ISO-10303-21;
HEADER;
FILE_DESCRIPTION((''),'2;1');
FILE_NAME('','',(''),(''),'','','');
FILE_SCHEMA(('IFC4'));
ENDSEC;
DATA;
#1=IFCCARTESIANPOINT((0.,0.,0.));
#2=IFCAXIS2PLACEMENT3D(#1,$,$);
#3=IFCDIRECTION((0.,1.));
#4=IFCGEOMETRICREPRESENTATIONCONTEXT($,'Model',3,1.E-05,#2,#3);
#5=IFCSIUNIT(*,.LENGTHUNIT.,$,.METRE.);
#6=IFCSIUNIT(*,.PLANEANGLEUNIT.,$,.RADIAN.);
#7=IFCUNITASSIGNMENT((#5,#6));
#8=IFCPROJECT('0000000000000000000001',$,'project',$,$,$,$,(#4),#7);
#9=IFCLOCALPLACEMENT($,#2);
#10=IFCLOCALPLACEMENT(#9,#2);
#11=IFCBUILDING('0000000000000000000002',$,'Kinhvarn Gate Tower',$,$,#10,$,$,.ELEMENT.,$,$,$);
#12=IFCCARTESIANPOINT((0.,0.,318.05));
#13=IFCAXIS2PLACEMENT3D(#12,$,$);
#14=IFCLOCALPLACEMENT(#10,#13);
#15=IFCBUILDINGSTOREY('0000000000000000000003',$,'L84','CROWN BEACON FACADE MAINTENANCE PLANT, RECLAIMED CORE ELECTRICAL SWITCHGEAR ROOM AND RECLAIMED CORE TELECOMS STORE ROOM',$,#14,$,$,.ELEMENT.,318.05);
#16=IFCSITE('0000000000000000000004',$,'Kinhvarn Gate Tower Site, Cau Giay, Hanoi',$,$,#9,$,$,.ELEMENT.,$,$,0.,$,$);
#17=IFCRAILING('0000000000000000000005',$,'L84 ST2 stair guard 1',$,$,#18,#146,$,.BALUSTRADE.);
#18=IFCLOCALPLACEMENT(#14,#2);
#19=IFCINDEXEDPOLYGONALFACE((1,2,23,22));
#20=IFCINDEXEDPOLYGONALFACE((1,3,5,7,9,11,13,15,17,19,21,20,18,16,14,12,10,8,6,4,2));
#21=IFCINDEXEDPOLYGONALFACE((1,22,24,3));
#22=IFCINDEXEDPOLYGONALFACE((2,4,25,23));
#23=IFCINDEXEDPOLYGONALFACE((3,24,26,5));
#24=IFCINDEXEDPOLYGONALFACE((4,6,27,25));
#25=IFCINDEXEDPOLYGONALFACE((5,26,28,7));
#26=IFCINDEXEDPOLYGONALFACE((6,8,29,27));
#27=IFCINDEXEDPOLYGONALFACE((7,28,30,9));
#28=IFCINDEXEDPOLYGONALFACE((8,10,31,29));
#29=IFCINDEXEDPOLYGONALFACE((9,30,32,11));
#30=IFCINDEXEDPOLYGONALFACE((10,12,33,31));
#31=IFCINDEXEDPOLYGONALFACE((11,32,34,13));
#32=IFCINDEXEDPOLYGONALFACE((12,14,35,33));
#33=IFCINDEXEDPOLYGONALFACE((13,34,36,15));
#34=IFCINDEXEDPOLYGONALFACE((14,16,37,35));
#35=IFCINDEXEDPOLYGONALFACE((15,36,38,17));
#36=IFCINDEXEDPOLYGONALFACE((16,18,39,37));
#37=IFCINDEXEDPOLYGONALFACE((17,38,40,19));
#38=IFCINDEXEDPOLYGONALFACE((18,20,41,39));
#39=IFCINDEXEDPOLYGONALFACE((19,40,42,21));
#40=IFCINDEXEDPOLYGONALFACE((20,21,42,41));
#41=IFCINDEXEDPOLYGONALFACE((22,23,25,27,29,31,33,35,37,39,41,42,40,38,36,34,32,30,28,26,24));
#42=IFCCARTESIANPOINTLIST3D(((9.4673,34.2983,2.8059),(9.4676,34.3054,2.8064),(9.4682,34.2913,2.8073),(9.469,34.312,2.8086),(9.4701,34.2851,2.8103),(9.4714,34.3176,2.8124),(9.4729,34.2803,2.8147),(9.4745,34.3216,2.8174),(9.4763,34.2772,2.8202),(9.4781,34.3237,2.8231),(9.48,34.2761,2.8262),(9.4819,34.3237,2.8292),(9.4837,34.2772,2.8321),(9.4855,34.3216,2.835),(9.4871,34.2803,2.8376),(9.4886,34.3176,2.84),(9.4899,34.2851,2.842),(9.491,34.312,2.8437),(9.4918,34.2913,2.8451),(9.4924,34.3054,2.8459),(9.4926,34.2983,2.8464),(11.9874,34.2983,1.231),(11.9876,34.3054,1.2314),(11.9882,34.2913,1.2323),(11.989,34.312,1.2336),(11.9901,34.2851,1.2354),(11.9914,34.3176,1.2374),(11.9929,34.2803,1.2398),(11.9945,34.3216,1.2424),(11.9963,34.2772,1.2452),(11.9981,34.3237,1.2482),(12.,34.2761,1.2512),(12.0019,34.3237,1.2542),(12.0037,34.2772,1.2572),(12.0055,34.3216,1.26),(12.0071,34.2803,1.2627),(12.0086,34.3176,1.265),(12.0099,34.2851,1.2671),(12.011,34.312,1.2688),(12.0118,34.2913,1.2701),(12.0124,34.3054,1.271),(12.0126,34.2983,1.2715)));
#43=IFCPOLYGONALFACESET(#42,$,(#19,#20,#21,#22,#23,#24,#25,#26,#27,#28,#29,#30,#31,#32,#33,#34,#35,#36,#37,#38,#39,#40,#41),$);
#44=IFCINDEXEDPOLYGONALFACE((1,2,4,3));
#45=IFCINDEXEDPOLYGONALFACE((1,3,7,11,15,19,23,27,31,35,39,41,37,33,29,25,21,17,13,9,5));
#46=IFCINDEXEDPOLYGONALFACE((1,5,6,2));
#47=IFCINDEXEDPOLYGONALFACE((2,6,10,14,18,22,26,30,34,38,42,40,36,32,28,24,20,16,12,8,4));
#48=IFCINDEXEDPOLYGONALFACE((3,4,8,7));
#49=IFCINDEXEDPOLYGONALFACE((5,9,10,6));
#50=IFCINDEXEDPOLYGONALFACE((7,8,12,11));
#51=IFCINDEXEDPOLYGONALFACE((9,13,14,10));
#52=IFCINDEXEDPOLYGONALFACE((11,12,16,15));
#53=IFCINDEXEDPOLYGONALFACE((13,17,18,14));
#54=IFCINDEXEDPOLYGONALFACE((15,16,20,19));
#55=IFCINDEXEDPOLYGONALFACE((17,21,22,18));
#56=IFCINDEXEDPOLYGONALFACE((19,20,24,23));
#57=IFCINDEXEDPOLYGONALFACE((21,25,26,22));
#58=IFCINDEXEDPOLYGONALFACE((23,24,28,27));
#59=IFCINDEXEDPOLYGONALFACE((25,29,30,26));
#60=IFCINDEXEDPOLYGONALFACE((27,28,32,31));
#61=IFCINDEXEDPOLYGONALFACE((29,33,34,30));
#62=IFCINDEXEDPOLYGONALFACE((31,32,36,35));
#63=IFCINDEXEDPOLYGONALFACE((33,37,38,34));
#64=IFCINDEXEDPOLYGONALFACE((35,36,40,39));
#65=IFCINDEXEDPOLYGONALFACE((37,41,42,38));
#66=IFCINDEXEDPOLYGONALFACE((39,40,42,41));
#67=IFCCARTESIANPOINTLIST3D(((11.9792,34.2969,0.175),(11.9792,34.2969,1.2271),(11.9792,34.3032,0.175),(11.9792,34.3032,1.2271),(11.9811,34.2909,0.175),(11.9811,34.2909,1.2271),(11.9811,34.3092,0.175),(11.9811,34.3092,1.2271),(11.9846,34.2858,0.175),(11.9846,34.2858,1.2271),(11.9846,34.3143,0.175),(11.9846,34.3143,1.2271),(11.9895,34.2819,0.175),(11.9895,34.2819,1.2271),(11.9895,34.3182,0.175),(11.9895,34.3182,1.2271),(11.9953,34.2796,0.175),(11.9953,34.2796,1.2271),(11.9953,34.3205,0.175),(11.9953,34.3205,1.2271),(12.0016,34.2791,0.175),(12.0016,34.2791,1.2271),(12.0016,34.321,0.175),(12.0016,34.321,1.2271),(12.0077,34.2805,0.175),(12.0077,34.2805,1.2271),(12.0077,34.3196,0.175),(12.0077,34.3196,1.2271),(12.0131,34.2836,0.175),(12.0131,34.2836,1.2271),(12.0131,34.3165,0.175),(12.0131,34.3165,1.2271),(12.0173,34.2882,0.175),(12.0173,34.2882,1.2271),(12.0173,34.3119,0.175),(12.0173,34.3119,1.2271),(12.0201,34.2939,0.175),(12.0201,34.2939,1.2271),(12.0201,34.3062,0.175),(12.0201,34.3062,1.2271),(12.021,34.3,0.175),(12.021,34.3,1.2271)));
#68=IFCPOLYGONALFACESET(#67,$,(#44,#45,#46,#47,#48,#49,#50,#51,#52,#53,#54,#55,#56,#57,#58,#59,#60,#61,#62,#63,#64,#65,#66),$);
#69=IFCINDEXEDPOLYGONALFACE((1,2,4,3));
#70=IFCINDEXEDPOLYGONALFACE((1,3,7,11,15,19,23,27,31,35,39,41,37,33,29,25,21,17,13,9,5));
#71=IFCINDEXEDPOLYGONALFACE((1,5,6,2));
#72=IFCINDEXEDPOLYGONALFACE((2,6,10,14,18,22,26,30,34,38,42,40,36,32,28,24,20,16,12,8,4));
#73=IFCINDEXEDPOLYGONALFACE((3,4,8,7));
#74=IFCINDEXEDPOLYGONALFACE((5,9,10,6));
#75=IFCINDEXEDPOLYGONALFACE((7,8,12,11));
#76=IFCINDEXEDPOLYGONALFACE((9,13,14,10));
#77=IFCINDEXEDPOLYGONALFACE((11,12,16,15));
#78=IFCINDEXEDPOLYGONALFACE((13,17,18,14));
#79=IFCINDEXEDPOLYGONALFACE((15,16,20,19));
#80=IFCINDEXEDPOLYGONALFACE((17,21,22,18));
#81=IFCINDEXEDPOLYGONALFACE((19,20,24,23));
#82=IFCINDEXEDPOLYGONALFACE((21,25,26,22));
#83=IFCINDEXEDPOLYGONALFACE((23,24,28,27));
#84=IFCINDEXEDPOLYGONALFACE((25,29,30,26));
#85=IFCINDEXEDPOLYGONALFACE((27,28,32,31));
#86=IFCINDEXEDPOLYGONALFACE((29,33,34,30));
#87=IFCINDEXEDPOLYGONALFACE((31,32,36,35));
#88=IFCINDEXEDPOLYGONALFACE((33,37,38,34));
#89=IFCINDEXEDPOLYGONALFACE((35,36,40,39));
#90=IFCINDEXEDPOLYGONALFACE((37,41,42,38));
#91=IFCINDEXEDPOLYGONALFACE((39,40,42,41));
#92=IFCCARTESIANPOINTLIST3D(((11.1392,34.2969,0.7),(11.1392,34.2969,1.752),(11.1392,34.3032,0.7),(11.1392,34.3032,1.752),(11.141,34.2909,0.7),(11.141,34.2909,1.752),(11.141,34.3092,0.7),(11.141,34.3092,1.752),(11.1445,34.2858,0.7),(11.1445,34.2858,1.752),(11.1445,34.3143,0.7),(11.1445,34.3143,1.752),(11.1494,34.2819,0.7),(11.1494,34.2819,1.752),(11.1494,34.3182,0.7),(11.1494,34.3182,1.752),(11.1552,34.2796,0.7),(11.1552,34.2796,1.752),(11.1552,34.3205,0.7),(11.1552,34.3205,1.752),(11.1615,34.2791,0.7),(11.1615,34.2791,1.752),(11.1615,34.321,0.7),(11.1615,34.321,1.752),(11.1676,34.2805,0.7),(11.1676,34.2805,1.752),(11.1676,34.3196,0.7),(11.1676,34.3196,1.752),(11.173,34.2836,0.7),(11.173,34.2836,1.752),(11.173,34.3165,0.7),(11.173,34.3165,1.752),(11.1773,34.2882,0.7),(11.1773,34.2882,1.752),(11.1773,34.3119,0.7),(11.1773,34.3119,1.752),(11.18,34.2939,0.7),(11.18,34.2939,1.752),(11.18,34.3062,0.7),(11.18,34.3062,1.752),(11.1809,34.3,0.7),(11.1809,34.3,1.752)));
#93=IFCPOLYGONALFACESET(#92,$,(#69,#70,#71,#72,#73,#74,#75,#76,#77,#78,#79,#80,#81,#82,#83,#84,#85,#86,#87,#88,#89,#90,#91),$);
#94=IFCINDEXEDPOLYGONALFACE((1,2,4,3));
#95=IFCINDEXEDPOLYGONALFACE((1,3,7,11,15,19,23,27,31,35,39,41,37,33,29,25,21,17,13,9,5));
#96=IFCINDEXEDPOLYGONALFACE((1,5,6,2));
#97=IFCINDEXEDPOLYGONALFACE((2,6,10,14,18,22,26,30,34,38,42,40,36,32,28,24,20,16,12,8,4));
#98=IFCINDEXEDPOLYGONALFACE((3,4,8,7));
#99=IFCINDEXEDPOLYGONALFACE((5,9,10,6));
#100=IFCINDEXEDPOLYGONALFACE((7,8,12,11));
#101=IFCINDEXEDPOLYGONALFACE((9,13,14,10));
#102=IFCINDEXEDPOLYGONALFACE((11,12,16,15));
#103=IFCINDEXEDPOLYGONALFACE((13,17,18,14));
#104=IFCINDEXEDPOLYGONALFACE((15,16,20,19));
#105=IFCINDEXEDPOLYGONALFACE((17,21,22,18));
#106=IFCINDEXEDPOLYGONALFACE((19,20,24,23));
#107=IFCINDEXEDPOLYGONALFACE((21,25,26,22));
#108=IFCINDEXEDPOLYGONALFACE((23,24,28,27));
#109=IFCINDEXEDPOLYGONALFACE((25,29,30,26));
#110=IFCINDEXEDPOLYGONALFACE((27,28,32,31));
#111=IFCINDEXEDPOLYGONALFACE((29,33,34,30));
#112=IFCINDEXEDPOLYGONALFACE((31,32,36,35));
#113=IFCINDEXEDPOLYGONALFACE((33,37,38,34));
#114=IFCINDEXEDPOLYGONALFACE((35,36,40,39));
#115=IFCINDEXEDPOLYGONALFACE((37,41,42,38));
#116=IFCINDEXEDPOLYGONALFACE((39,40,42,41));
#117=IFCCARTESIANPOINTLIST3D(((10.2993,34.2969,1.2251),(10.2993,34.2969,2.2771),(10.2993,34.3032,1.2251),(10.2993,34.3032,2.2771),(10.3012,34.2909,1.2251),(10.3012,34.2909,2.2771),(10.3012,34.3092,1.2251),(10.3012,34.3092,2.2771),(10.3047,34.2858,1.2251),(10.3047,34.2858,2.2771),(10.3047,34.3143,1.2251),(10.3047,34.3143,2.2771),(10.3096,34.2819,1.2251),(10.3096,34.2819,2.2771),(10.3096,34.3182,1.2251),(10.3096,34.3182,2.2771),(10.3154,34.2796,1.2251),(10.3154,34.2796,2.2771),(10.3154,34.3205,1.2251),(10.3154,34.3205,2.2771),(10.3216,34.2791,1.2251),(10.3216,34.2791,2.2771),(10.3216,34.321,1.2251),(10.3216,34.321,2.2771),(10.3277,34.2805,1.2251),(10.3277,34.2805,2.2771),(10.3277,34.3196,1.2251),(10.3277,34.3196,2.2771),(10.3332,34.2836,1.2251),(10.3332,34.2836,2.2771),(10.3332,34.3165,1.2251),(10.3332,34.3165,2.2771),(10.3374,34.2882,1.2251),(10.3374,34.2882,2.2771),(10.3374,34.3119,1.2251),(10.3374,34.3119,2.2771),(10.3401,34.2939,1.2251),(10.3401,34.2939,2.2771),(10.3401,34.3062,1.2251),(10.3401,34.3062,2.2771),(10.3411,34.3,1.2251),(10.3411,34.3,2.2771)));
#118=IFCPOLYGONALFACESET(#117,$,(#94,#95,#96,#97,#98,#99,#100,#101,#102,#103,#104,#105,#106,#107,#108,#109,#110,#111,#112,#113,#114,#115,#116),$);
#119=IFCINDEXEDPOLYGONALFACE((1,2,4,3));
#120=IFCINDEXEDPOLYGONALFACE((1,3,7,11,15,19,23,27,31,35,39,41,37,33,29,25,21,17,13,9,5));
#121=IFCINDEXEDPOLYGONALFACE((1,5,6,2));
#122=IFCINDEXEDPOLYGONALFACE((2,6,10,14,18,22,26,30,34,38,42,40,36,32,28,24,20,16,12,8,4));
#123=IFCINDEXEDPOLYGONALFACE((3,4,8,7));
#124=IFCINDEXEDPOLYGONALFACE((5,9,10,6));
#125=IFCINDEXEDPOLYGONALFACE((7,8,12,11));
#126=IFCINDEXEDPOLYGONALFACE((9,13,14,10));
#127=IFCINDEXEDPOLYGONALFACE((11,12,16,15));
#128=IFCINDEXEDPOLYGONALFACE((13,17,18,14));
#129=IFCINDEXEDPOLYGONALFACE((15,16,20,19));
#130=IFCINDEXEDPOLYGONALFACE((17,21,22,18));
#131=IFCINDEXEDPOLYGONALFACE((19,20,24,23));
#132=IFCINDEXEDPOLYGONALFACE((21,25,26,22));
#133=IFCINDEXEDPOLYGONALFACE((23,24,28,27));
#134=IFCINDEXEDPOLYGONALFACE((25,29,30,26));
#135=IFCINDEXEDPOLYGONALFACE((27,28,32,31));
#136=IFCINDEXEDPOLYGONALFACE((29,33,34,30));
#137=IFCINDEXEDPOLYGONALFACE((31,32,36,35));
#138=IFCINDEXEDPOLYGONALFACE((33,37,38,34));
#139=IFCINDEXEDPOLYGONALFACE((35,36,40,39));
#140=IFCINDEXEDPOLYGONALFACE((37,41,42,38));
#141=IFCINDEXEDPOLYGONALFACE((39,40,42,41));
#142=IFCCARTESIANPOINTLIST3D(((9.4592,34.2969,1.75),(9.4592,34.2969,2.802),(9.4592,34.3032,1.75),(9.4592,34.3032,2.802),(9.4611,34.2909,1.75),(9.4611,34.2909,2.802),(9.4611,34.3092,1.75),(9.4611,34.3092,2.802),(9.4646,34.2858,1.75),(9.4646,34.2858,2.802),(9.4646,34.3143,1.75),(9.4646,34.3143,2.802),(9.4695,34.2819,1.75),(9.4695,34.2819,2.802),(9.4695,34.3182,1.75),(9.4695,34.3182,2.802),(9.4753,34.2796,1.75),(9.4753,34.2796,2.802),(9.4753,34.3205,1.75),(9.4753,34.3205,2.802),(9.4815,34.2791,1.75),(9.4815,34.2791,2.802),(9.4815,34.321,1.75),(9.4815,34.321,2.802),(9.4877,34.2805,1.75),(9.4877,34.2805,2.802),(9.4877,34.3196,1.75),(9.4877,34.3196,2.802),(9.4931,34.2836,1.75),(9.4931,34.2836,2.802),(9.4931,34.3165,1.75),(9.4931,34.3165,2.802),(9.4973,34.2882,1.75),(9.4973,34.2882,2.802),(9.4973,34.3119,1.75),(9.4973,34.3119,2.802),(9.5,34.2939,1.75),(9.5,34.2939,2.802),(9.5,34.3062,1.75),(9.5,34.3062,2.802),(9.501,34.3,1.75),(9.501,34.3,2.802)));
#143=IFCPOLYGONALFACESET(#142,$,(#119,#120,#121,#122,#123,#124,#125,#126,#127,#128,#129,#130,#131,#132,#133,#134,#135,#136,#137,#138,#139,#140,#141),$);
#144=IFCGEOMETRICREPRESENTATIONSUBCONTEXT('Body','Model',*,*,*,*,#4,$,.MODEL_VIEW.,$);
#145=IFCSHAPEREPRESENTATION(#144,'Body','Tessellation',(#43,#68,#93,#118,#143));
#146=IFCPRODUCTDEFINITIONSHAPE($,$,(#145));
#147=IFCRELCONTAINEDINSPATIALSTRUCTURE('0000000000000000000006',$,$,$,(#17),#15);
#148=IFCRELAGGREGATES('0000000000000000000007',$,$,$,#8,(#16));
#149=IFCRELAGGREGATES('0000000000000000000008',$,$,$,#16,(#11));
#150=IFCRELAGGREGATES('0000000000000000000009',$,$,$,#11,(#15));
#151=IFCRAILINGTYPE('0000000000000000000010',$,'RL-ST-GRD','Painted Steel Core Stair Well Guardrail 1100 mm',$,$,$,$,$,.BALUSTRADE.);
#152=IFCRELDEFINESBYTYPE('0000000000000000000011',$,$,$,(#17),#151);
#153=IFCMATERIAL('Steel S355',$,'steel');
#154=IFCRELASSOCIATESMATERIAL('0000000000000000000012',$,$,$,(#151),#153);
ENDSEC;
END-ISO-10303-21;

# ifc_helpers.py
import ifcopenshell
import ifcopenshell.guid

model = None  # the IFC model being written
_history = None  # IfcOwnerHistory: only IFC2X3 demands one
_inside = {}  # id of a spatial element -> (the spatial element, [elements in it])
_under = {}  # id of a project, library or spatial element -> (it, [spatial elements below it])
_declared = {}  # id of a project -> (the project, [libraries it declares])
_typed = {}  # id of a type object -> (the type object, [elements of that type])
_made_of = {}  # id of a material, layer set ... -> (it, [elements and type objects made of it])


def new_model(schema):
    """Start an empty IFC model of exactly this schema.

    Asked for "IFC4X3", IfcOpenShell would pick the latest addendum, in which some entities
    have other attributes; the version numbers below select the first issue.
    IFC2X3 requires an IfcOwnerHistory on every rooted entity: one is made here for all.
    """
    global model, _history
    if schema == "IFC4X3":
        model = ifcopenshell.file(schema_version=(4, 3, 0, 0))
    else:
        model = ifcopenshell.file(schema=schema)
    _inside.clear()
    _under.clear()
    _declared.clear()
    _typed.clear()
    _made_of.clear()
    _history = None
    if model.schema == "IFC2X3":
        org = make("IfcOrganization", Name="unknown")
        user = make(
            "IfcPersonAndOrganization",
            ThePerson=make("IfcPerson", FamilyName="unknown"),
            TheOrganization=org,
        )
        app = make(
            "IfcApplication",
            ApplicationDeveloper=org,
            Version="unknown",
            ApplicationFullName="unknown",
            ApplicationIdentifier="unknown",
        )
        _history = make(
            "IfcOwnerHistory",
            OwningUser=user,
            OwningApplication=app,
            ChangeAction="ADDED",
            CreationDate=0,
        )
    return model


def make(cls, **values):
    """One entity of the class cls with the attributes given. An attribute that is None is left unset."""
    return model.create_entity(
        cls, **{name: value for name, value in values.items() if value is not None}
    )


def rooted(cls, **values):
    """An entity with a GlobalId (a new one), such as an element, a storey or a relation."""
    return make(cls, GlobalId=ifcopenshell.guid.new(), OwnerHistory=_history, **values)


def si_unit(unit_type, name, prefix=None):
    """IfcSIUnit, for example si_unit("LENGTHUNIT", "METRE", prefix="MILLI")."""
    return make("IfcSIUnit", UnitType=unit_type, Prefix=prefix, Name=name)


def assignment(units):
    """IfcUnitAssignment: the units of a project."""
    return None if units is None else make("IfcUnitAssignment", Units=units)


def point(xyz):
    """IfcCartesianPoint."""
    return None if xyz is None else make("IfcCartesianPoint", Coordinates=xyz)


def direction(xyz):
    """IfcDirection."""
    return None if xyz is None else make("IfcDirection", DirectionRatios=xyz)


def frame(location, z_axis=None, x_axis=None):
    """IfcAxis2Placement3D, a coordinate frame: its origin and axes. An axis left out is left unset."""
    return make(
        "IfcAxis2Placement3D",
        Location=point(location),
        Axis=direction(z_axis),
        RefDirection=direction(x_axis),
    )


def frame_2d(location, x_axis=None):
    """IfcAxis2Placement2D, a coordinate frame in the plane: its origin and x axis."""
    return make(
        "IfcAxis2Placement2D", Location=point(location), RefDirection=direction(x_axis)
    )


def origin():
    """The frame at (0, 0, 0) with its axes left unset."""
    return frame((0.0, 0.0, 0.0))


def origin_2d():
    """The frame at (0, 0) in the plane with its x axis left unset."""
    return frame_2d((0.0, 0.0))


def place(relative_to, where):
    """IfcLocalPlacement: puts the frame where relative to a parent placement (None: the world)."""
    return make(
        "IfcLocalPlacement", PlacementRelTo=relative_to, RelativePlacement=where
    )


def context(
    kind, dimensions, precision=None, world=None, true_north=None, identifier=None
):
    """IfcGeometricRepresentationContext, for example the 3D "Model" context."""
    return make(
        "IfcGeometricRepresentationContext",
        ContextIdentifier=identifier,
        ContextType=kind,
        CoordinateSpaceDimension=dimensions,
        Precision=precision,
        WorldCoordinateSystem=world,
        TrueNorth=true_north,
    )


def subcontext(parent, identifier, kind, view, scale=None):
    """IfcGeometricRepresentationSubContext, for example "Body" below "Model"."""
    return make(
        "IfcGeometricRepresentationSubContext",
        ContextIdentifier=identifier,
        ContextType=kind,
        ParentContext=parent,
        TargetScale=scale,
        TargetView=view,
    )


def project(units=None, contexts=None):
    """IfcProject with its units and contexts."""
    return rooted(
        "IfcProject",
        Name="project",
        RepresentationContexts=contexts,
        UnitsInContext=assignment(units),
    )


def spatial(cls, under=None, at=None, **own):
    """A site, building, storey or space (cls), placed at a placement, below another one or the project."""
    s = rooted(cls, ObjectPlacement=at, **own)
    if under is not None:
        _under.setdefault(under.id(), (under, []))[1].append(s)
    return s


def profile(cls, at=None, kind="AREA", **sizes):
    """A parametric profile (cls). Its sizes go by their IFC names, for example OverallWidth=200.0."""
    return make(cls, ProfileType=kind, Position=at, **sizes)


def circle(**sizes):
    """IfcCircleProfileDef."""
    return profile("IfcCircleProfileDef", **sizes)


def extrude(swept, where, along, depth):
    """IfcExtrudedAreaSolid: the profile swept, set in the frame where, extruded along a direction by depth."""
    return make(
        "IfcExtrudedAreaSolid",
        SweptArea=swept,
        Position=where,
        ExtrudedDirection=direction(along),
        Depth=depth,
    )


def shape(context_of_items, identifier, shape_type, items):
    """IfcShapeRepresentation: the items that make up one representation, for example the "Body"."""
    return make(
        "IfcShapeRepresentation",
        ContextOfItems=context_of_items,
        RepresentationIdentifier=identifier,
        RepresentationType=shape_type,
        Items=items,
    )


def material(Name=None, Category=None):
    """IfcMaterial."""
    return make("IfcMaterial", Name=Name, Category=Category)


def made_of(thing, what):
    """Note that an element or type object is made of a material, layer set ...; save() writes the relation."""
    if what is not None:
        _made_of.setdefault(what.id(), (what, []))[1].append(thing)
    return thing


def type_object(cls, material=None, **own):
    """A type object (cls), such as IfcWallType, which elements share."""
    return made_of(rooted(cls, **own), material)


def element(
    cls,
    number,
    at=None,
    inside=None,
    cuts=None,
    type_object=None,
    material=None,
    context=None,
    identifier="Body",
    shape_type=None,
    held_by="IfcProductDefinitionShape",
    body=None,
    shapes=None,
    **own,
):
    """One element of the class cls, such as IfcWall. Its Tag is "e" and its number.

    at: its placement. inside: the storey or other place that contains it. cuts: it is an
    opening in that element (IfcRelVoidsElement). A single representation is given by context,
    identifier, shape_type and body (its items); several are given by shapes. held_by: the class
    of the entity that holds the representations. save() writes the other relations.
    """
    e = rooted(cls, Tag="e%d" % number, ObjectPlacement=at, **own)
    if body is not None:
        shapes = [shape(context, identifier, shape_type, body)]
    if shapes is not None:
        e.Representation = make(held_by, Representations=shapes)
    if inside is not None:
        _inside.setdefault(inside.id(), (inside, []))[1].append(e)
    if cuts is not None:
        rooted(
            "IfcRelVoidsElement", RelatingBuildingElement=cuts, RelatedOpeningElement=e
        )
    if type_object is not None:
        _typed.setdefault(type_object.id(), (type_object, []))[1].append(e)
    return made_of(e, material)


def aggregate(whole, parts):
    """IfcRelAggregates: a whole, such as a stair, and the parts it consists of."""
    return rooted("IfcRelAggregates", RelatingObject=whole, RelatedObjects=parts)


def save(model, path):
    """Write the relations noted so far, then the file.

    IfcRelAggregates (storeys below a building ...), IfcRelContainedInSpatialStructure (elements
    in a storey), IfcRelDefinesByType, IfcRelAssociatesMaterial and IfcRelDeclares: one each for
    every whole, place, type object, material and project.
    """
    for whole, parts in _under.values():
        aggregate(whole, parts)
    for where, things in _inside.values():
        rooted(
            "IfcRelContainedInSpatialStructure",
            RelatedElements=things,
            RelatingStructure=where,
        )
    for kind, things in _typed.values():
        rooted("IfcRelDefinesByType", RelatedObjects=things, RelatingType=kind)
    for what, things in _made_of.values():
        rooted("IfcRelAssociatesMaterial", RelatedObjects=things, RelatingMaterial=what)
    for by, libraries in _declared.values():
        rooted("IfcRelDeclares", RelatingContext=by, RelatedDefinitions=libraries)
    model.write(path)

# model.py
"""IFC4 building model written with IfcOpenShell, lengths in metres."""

from ifc_helpers import new_model, si_unit, direction, frame, origin, origin_2d, place, context, subcontext, project, spatial, circle, extrude, material, type_object, element, save


model = new_model("IFC4")

# Units and contexts
model_context = context("Model", 3, precision=1e-05, world=origin(), true_north=direction((0.0, 1.0)))
body_context = subcontext(model_context, "Body", "Model", "MODEL_VIEW")
ifc_project = project(units=[si_unit("LENGTHUNIT", "METRE"), si_unit("PLANEANGLEUNIT", "RADIAN")], contexts=[model_context])

# Site, building, storey
site_placement = place(None, origin())
site = spatial("IfcSite", under=ifc_project, at=site_placement, Name="Kinhvarn Gate Tower Site, Cau Giay, Hanoi", CompositionType="ELEMENT", RefElevation=0.0)
building_placement = place(site_placement, origin())
building = spatial("IfcBuilding", under=site, at=building_placement, Name="Kinhvarn Gate Tower", CompositionType="ELEMENT")
storey_placement = place(building_placement, frame((0.0, 0.0, 318.05)))
storey = spatial("IfcBuildingStorey", under=building, at=storey_placement, Name="L84", Description="CROWN BEACON FACADE MAINTENANCE PLANT, RECLAIMED CORE ELECTRICAL SWITCHGEAR ROOM AND RECLAIMED CORE TELECOMS STORE ROOM", CompositionType="ELEMENT", Elevation=318.05)

# Railing
ifc_material_1 = material(Name="Steel S355", Category="steel")
railing_type_1 = type_object("IfcRailingType", Name="RL-ST-GRD", Description="Painted Steel Core Stair Well Guardrail 1100 mm", PredefinedType="BALUSTRADE", material=ifc_material_1)
railing_1_placement = place(storey_placement, frame((12.0, 34.3, 0.175)))
element("IfcRailing", 1, at=railing_1_placement, inside=storey, type_object=railing_type_1, Name="L84 ST2 stair guard 1", PredefinedType="BALUSTRADE", context=body_context, shape_type="SweptSolid", body=[
    extrude(circle(Radius=0.0239, at=origin_2d()), frame((0.0, 0.0, 1.0762), z_axis=(-0.848008, 0.0, 0.529984), x_axis=(0.0, -1.0, 0.0)), (0.0, 0.0, 1.0), 2.9717),
    extrude(circle(Radius=0.021, at=origin_2d()), origin(), (0.0, 0.0, 1.0), 1.052),
    extrude(circle(Radius=0.021, at=origin_2d()), frame((-0.8401, 0.0, 0.5249)), (0.0, 0.0, 1.0), 1.052),
    extrude(circle(Radius=0.021, at=origin_2d()), frame((-1.6799, 0.0, 1.05)), (0.0, 0.0, 1.0), 1.052),
    extrude(circle(Radius=0.021, at=origin_2d()), frame((-2.52, 0.0, 1.575)), (0.0, 0.0, 1.0), 1.052),
])

save(model, "model.ifc")
